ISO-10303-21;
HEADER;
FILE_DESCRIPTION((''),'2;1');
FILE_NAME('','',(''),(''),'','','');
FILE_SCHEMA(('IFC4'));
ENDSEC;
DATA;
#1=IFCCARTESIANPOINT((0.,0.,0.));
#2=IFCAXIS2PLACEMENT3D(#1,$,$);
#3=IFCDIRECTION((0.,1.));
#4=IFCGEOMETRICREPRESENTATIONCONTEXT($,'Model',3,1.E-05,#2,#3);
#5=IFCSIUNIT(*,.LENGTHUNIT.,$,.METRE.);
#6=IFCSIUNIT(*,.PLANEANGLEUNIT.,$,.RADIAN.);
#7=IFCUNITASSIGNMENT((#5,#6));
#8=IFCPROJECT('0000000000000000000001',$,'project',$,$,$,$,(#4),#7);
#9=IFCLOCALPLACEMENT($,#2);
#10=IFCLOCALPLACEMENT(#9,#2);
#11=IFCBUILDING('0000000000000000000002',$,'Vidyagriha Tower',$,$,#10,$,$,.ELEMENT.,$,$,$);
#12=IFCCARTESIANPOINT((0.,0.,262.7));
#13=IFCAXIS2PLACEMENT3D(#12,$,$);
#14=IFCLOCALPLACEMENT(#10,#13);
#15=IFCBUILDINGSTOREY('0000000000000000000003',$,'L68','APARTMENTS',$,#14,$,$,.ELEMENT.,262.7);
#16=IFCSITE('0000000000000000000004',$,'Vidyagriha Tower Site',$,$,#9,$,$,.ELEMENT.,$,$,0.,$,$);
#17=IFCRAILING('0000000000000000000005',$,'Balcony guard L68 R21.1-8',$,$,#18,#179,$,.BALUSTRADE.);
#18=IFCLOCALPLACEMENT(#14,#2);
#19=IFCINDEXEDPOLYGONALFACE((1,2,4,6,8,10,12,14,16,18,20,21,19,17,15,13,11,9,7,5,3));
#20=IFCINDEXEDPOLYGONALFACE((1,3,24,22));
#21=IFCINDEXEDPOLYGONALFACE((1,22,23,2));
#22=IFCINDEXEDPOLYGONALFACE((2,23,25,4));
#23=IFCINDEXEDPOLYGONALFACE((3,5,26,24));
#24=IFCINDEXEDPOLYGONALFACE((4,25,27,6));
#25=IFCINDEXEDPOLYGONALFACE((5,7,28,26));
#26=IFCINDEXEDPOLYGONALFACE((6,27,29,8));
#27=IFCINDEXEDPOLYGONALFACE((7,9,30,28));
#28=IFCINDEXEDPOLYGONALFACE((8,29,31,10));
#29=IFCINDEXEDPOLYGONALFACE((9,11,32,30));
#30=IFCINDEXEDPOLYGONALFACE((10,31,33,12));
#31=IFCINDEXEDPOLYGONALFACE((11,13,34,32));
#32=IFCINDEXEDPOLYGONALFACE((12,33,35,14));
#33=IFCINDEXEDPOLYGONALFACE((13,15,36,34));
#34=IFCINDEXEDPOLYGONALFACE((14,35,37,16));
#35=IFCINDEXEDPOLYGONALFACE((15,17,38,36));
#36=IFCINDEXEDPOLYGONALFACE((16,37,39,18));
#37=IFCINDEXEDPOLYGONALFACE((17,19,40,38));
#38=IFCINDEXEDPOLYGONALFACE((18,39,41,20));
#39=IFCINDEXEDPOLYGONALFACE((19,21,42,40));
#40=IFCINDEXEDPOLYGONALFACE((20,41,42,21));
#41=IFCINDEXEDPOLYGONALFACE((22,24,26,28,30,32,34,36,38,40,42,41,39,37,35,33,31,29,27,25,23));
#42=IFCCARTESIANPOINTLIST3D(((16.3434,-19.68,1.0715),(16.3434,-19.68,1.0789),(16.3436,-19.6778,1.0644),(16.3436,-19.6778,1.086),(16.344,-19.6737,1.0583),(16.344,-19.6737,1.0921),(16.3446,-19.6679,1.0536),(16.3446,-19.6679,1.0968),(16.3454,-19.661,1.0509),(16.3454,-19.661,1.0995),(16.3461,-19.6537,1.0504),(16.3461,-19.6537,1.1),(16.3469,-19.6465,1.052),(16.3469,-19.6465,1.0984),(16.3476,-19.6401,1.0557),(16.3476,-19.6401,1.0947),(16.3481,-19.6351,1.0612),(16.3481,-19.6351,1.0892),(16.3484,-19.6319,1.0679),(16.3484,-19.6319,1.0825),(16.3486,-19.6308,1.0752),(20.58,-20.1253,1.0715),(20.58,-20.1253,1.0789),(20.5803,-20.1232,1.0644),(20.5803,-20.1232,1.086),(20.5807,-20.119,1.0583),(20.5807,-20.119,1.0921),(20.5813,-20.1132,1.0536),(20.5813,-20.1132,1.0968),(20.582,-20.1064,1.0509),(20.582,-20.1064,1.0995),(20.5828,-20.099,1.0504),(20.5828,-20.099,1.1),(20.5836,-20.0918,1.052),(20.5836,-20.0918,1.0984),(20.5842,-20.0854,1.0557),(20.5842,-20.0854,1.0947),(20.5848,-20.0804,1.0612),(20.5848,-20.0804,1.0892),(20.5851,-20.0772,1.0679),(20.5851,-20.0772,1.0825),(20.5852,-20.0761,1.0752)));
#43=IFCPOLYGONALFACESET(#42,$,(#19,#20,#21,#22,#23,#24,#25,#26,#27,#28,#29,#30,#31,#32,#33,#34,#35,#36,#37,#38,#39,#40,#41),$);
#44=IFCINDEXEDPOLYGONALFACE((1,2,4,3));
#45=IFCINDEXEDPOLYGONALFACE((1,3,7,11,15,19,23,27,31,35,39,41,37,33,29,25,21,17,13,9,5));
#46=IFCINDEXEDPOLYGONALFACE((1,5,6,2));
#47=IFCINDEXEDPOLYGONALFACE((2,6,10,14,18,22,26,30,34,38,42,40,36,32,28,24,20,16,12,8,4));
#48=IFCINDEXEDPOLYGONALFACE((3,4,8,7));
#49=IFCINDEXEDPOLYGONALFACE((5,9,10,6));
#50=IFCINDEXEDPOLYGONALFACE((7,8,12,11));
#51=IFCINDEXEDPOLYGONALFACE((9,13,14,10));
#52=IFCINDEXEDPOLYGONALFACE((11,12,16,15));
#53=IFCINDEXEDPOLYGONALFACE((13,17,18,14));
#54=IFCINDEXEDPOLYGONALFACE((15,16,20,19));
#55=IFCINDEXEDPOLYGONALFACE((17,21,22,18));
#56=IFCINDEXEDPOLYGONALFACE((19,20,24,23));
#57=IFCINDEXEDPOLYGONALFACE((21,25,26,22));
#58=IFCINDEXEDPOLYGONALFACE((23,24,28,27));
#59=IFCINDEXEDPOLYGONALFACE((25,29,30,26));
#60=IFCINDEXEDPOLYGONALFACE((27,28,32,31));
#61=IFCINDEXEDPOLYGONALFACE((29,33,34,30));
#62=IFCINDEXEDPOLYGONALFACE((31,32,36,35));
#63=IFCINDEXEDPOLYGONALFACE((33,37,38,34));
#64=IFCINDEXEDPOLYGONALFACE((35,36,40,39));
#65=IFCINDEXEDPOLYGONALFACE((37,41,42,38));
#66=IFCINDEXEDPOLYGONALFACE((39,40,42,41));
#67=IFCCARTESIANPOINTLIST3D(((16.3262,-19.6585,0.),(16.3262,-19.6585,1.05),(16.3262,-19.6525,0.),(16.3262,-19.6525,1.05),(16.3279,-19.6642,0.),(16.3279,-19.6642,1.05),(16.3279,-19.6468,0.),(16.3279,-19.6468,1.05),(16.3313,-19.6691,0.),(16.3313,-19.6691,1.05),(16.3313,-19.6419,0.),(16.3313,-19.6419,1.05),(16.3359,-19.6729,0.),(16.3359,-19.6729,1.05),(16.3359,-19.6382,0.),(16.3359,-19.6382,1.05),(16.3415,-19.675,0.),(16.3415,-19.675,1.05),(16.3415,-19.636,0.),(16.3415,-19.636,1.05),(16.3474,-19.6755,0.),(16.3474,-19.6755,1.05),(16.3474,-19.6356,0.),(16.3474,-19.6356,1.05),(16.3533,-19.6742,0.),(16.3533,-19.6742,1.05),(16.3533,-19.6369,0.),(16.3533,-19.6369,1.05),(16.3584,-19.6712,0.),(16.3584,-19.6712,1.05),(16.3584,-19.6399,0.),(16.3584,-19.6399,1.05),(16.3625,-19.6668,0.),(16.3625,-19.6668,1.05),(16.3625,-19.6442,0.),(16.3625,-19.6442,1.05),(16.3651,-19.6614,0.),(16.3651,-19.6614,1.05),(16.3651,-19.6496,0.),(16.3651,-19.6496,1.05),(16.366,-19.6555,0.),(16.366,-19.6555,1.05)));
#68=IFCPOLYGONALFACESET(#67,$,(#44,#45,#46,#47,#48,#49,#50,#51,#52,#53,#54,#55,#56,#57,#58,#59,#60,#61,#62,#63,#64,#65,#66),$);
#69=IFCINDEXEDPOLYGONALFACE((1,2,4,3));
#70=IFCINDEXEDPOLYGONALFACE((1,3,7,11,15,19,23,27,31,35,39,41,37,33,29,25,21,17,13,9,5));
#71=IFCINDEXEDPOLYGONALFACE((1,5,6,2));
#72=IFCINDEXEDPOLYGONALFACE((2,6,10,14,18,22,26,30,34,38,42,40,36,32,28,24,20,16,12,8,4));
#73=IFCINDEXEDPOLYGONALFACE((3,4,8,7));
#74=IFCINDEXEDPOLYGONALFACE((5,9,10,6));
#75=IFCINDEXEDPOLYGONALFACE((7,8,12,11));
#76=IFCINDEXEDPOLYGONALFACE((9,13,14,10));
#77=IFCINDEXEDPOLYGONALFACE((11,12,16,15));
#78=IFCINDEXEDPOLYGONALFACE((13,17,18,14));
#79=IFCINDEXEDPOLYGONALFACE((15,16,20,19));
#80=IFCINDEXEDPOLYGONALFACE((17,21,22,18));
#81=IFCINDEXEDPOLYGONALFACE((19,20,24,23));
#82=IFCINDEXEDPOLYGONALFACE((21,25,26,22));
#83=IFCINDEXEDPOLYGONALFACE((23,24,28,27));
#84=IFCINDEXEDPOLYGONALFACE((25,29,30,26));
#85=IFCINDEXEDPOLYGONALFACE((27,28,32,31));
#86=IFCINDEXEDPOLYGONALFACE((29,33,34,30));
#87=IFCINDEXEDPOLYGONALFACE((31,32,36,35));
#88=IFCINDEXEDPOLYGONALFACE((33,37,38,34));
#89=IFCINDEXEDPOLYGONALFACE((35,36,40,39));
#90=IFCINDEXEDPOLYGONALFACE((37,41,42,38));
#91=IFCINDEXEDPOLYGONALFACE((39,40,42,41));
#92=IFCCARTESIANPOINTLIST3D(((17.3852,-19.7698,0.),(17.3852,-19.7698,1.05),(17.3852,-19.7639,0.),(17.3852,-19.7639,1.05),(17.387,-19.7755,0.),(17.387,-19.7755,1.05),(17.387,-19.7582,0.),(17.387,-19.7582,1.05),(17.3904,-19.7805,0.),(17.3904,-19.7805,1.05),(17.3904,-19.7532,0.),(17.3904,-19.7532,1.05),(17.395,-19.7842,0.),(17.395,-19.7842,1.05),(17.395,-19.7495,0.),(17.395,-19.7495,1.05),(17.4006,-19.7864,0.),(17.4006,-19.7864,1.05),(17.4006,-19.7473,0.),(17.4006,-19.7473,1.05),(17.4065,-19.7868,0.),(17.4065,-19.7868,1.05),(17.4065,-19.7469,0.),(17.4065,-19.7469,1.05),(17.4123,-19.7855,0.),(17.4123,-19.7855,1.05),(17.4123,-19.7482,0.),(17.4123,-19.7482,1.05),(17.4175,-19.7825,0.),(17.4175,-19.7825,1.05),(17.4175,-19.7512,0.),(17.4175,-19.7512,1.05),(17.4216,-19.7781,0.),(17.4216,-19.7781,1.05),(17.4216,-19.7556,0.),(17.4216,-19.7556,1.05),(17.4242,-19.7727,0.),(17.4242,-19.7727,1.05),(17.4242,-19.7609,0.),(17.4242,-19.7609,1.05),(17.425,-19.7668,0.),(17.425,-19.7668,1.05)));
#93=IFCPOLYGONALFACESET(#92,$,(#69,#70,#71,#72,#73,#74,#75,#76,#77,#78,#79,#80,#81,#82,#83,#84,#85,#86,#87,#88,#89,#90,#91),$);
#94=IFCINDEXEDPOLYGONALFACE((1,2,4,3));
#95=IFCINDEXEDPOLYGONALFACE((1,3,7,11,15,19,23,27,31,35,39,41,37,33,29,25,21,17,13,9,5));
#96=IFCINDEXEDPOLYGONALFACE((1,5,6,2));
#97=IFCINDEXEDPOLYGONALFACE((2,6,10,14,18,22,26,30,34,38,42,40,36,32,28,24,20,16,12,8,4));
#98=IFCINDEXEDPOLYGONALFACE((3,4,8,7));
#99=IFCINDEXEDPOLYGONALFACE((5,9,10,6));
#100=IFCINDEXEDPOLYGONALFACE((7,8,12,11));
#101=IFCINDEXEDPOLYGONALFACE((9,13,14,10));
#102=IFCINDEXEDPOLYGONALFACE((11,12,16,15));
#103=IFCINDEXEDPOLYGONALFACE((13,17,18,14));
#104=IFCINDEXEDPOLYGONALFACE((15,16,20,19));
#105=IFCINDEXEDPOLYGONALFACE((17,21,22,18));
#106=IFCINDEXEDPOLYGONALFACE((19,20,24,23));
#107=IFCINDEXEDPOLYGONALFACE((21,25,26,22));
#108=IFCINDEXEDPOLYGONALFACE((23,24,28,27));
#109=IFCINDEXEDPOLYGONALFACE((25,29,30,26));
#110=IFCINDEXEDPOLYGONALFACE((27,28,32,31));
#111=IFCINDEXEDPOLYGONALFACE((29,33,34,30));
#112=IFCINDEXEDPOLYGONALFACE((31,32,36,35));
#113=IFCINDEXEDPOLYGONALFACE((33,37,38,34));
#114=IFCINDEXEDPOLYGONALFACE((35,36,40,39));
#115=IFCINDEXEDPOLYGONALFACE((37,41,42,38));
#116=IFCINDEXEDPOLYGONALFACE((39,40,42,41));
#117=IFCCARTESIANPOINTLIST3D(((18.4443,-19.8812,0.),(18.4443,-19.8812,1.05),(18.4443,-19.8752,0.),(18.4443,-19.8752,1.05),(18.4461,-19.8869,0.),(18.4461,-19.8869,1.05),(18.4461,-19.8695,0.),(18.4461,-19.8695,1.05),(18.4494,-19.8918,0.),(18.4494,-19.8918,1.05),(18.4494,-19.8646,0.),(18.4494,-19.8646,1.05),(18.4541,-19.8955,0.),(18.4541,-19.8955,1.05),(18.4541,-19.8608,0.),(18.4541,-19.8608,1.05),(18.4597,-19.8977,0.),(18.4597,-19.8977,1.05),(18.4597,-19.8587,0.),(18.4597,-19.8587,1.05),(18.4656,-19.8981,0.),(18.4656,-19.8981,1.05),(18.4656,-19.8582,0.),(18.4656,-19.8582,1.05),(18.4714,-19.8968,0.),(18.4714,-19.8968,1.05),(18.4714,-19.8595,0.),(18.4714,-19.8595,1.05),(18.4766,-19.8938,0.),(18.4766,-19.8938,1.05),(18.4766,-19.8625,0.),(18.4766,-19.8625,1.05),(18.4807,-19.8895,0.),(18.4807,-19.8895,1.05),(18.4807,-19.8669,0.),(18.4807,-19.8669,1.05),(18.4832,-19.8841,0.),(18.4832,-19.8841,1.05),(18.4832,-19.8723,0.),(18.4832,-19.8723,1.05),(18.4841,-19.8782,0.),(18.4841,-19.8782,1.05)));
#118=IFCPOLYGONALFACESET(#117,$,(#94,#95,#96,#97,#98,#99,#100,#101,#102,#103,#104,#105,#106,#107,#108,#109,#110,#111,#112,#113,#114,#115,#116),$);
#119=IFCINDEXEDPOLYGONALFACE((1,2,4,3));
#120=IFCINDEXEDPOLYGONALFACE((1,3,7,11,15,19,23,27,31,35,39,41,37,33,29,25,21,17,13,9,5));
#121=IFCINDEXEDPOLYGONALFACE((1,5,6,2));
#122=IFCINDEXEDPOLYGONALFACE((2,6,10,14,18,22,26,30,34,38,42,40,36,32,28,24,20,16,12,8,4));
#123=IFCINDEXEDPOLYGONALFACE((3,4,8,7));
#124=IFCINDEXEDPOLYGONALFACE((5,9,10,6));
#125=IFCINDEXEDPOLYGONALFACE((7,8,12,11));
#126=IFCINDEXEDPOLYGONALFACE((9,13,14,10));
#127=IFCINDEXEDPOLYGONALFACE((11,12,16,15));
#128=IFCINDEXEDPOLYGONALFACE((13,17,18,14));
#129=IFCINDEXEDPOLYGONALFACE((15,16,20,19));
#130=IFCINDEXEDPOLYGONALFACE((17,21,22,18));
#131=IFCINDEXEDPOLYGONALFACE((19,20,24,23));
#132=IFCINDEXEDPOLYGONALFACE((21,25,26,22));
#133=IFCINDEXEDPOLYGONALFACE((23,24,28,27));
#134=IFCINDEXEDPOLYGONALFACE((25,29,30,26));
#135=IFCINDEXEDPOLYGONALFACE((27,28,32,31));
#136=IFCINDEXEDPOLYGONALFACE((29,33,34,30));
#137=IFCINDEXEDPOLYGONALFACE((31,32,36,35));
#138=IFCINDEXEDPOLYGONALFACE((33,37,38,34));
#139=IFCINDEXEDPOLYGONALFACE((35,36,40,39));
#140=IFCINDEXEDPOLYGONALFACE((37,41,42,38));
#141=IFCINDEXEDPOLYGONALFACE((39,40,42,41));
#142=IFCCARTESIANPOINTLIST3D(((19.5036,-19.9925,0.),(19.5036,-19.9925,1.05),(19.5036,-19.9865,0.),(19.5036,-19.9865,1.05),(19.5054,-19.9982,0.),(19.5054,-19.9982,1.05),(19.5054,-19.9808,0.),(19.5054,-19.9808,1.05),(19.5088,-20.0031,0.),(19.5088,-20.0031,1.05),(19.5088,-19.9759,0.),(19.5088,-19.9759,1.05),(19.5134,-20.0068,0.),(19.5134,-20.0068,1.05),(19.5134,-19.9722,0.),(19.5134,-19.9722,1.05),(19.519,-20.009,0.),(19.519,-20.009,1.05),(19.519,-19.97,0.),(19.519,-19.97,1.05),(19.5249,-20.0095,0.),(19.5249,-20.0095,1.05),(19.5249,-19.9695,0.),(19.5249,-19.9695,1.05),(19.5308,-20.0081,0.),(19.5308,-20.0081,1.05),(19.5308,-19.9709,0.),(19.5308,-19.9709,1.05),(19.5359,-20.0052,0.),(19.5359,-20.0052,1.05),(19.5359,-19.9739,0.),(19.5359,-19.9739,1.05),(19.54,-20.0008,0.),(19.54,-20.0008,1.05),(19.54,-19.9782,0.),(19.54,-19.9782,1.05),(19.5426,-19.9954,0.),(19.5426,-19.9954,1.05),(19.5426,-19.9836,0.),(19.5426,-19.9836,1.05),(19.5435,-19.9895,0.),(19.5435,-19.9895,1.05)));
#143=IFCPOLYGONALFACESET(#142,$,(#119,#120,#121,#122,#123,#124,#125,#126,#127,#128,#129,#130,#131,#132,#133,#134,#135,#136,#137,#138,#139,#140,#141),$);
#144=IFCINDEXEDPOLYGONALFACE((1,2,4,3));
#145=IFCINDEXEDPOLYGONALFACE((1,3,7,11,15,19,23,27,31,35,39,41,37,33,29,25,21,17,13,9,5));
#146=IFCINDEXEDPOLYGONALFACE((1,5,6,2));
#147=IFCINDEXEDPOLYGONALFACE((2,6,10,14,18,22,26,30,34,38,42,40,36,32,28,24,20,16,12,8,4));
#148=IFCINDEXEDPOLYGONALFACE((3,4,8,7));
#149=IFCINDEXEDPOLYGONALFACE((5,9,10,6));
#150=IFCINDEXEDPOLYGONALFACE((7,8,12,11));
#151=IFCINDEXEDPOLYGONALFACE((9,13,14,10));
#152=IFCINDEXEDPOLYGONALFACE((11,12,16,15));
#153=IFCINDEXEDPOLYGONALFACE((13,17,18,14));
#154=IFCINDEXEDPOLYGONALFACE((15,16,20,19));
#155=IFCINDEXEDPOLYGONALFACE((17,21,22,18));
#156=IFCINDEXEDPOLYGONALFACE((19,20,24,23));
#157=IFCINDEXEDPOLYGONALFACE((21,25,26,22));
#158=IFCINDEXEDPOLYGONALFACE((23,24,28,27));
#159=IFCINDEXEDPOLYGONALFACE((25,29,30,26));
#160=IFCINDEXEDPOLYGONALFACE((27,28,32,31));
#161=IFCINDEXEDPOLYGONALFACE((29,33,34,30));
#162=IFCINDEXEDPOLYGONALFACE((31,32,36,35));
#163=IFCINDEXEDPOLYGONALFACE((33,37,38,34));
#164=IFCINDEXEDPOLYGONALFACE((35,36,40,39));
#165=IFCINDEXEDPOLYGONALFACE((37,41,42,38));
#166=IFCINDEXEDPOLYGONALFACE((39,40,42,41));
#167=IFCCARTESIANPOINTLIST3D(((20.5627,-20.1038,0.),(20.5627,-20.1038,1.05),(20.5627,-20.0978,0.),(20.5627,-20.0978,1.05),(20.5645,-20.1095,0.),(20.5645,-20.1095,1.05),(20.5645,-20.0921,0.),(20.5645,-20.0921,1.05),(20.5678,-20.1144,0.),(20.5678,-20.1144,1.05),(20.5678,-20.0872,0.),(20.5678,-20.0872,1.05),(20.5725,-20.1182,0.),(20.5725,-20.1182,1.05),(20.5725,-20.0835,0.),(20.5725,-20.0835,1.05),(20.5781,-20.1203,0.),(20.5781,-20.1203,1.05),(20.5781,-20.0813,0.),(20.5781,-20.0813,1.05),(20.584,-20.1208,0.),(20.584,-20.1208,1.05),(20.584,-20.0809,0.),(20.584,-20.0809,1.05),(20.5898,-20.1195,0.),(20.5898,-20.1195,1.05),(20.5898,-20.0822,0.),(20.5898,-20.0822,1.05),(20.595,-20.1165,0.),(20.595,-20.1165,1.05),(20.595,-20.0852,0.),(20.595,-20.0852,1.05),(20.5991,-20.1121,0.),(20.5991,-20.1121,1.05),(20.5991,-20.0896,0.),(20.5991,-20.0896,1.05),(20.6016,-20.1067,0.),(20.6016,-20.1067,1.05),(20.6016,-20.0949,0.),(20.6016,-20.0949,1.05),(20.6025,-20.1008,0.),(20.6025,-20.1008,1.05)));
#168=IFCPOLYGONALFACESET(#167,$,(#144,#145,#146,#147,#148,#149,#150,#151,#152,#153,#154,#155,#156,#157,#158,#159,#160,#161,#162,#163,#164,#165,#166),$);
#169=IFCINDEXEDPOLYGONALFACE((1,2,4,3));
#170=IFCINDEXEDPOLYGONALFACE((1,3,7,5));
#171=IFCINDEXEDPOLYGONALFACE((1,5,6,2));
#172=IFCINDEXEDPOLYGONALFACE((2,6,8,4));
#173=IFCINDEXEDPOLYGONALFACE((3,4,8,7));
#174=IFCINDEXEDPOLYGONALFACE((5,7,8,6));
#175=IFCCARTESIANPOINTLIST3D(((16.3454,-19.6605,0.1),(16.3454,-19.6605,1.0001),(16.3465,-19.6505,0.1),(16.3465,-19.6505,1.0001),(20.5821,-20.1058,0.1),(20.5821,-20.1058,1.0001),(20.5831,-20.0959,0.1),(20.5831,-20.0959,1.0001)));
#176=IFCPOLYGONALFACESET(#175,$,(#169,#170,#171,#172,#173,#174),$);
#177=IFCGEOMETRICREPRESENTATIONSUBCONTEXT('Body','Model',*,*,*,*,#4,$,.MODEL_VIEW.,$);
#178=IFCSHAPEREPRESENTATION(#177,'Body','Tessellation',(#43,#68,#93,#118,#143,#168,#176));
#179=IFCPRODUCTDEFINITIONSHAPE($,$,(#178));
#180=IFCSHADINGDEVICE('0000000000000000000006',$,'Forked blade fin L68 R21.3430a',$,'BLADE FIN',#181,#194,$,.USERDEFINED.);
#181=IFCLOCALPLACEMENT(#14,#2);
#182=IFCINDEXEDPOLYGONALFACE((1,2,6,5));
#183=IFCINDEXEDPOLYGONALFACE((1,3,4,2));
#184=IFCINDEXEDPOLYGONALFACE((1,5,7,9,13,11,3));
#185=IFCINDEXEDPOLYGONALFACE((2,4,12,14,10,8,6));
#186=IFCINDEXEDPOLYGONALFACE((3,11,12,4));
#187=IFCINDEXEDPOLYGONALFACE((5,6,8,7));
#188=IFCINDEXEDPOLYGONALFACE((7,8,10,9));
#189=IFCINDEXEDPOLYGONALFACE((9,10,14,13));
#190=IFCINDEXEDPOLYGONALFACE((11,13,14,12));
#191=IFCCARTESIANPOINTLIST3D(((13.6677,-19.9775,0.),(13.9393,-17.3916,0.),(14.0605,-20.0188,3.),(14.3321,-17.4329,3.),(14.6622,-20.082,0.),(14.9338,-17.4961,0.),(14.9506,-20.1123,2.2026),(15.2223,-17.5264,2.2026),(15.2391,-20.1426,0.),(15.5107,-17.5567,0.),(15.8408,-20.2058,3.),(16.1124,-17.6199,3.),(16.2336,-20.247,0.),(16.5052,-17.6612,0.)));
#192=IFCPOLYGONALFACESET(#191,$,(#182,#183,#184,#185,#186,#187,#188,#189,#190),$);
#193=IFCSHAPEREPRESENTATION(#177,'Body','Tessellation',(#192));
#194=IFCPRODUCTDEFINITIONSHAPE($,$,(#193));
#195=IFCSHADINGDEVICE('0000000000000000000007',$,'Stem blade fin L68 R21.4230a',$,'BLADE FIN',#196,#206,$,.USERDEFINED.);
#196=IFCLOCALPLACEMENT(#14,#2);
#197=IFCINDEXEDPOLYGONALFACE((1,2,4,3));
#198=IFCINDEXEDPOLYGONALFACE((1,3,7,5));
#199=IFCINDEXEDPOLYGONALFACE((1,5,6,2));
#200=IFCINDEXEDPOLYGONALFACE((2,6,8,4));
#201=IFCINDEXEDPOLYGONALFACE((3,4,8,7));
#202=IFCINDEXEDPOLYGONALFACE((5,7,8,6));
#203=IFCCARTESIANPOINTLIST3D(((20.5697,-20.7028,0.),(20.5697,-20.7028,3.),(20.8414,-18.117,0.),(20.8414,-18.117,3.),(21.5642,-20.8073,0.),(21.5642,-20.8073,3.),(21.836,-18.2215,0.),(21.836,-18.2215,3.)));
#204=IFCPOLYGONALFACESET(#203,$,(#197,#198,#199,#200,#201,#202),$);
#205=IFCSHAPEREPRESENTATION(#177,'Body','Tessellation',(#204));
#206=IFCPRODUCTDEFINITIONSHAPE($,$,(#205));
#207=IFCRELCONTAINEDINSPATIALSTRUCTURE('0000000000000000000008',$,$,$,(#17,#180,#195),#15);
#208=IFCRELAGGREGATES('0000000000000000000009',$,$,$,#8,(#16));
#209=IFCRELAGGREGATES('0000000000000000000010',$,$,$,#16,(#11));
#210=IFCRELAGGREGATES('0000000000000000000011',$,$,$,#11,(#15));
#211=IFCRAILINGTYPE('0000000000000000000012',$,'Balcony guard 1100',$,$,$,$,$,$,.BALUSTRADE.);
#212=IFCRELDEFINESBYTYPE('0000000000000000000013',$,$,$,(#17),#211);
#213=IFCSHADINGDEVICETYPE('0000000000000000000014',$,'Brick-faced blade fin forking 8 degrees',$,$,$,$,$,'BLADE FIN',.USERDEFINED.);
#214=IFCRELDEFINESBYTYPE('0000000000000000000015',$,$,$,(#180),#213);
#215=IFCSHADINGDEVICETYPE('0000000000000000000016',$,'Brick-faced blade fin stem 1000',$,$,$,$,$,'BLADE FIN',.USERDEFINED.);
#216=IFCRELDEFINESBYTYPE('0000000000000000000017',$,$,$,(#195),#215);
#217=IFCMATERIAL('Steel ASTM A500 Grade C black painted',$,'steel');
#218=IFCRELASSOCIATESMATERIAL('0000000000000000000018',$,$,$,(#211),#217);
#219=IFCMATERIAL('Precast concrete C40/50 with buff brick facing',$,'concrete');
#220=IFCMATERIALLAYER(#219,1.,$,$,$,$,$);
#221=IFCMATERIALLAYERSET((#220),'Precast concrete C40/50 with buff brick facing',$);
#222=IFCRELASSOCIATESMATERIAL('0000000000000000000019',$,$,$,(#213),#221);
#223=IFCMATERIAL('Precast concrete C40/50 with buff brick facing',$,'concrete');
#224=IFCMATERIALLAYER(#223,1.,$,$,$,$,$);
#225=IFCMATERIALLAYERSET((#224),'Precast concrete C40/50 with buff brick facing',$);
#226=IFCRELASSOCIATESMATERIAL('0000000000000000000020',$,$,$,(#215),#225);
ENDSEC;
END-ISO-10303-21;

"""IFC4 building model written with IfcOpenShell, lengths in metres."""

from ifc_helpers import new_model, si_unit, direction, frame, origin, origin_2d, place, context, subcontext, project, spatial, polyline, rectangle, circle, outline, extrude, material, layer, layer_set, type_object, element, save


model = new_model("IFC4")

# Units and contexts
model_context = context("Model", 3, precision=1e-05, world=origin(), true_north=direction((0.0, 1.0)))
body_context = subcontext(model_context, "Body", "Model", "MODEL_VIEW")
ifc_project = project(units=[si_unit("LENGTHUNIT", "METRE"), si_unit("PLANEANGLEUNIT", "RADIAN")], contexts=[model_context])

# Site, building, storey
site_placement = place(None, origin())
site = spatial("IfcSite", under=ifc_project, at=site_placement, Name="Vidyagriha Tower Site", CompositionType="ELEMENT", RefElevation=0.0)
building_placement = place(site_placement, origin())
building = spatial("IfcBuilding", under=site, at=building_placement, Name="Vidyagriha Tower", CompositionType="ELEMENT")
storey_placement = place(building_placement, frame((0.0, 0.0, 262.7)))
storey = spatial("IfcBuildingStorey", under=building, at=storey_placement, Name="L68", Description="APARTMENTS", CompositionType="ELEMENT", Elevation=262.7)

# Railing
ifc_material_1 = material(Name="Steel ASTM A500 Grade C black painted", Category="steel")
railing_type = type_object("IfcRailingType", Name="Balcony guard 1100", PredefinedType="BALUSTRADE", material=ifc_material_1)
railing_placement = place(storey_placement, frame((16.3459, -19.6555, 0.0)))
element("IfcRailing", 1, at=railing_placement, inside=storey, type_object=railing_type, Name="Balcony guard L68 R21.1-8", PredefinedType="BALUSTRADE", context=body_context, shape_type="SweptSolid", body=[
    extrude(circle(Radius=0.0249, at=origin_2d()), frame((0.0, 0.0, 1.0752), z_axis=(0.994521, -0.104536, 0.0), x_axis=(0.104536, 0.994521, 0.0)), (0.0, 0.0, 1.0), 4.26),
    extrude(circle(Radius=0.02, at=origin_2d()), origin(), (0.0, 0.0, 1.0), 1.05),
    extrude(circle(Radius=0.02, at=origin_2d()), frame((1.0591, -0.1113, 0.0)), (0.0, 0.0, 1.0), 1.05),
    extrude(circle(Radius=0.02, at=origin_2d()), frame((2.1182, -0.2227, 0.0)), (0.0, 0.0, 1.0), 1.05),
    extrude(circle(Radius=0.02, at=origin_2d()), frame((3.1775, -0.334, 0.0)), (0.0, 0.0, 1.0), 1.05),
    extrude(circle(Radius=0.02, at=origin_2d()), frame((4.2366, -0.4453, 0.0)), (0.0, 0.0, 1.0), 1.05),
    extrude(rectangle(XDim=0.01, YDim=0.9001, at=origin_2d()), frame((0.0, 0.0, 0.55), z_axis=(0.994521, -0.104536, 0.0), x_axis=(0.104536, 0.994521, 0.0)), (0.0, 0.0, 1.0), 4.26),
])

# Shading devices
ifc_material_2 = material(Name="Precast concrete C40/50 with buff brick facing", Category="concrete")
ifc_layer_1 = layer(ifc_material_2, 1.0)
ifc_layer_set_1 = layer_set([ifc_layer_1], Name="Precast concrete C40/50 with buff brick facing")
shading_device_type_1 = type_object("IfcShadingDeviceType", Name="Brick-faced blade fin forking 8 degrees", ElementType="BLADE FIN", PredefinedType="USERDEFINED", material=ifc_layer_set_1)
shading_device_1_placement = place(storey_placement, frame((13.8035, -18.6846, 0.0), z_axis=(0.0, 0.0, 1.0), x_axis=(0.994528, -0.104468, 0.0)))
element("IfcShadingDevice", 2, at=shading_device_1_placement, inside=storey, type_object=shading_device_type_1, Name="Forked blade fin L68 R21.3430a", ObjectType="BLADE FIN", PredefinedType="USERDEFINED", context=body_context, shape_type="SweptSolid", body=[
    extrude(outline(polyline([(1.0, 0.0), (1.29, 2.2026), (1.5801, 0.0), (2.5801, 0.0), (2.1851, 3.0), (0.395, 3.0), (0.0, 0.0), (1.0, 0.0)])), frame((0.0, 1.3, 0.0), z_axis=(0.0, -1.0, 0.0), x_axis=(1.0, 0.0, 0.0)), (0.0, 0.0, 1.0), 2.6001),
])
ifc_material_3 = material(Name="Precast concrete C40/50 with buff brick facing", Category="concrete")
ifc_layer_2 = layer(ifc_material_3, 1.0)
ifc_layer_set_2 = layer_set([ifc_layer_2], Name="Precast concrete C40/50 with buff brick facing")
shading_device_type_2 = type_object("IfcShadingDeviceType", Name="Brick-faced blade fin stem 1000", ElementType="BLADE FIN", PredefinedType="USERDEFINED", material=ifc_layer_set_2)
shading_device_2_placement = place(storey_placement, frame((20.7056, -19.4099, 0.0), z_axis=(0.0, 0.0, 1.0), x_axis=(0.994524, -0.104507, 0.0)))
element("IfcShadingDevice", 3, at=shading_device_2_placement, inside=storey, type_object=shading_device_type_2, Name="Stem blade fin L68 R21.4230a", ObjectType="BLADE FIN", PredefinedType="USERDEFINED", context=body_context, shape_type="SweptSolid", body=[
    extrude(outline(polyline([(0.0, 0.0), (1.0, 0.0), (1.0, 3.0), (0.0, 3.0), (0.0, 0.0)])), frame((0.0, 1.3, 0.0), z_axis=(0.0, -1.0, 0.0), x_axis=(1.0, 0.0, 0.0)), (0.0, 0.0, 1.0), 2.6001),
])

save(model, "model.ifc")
